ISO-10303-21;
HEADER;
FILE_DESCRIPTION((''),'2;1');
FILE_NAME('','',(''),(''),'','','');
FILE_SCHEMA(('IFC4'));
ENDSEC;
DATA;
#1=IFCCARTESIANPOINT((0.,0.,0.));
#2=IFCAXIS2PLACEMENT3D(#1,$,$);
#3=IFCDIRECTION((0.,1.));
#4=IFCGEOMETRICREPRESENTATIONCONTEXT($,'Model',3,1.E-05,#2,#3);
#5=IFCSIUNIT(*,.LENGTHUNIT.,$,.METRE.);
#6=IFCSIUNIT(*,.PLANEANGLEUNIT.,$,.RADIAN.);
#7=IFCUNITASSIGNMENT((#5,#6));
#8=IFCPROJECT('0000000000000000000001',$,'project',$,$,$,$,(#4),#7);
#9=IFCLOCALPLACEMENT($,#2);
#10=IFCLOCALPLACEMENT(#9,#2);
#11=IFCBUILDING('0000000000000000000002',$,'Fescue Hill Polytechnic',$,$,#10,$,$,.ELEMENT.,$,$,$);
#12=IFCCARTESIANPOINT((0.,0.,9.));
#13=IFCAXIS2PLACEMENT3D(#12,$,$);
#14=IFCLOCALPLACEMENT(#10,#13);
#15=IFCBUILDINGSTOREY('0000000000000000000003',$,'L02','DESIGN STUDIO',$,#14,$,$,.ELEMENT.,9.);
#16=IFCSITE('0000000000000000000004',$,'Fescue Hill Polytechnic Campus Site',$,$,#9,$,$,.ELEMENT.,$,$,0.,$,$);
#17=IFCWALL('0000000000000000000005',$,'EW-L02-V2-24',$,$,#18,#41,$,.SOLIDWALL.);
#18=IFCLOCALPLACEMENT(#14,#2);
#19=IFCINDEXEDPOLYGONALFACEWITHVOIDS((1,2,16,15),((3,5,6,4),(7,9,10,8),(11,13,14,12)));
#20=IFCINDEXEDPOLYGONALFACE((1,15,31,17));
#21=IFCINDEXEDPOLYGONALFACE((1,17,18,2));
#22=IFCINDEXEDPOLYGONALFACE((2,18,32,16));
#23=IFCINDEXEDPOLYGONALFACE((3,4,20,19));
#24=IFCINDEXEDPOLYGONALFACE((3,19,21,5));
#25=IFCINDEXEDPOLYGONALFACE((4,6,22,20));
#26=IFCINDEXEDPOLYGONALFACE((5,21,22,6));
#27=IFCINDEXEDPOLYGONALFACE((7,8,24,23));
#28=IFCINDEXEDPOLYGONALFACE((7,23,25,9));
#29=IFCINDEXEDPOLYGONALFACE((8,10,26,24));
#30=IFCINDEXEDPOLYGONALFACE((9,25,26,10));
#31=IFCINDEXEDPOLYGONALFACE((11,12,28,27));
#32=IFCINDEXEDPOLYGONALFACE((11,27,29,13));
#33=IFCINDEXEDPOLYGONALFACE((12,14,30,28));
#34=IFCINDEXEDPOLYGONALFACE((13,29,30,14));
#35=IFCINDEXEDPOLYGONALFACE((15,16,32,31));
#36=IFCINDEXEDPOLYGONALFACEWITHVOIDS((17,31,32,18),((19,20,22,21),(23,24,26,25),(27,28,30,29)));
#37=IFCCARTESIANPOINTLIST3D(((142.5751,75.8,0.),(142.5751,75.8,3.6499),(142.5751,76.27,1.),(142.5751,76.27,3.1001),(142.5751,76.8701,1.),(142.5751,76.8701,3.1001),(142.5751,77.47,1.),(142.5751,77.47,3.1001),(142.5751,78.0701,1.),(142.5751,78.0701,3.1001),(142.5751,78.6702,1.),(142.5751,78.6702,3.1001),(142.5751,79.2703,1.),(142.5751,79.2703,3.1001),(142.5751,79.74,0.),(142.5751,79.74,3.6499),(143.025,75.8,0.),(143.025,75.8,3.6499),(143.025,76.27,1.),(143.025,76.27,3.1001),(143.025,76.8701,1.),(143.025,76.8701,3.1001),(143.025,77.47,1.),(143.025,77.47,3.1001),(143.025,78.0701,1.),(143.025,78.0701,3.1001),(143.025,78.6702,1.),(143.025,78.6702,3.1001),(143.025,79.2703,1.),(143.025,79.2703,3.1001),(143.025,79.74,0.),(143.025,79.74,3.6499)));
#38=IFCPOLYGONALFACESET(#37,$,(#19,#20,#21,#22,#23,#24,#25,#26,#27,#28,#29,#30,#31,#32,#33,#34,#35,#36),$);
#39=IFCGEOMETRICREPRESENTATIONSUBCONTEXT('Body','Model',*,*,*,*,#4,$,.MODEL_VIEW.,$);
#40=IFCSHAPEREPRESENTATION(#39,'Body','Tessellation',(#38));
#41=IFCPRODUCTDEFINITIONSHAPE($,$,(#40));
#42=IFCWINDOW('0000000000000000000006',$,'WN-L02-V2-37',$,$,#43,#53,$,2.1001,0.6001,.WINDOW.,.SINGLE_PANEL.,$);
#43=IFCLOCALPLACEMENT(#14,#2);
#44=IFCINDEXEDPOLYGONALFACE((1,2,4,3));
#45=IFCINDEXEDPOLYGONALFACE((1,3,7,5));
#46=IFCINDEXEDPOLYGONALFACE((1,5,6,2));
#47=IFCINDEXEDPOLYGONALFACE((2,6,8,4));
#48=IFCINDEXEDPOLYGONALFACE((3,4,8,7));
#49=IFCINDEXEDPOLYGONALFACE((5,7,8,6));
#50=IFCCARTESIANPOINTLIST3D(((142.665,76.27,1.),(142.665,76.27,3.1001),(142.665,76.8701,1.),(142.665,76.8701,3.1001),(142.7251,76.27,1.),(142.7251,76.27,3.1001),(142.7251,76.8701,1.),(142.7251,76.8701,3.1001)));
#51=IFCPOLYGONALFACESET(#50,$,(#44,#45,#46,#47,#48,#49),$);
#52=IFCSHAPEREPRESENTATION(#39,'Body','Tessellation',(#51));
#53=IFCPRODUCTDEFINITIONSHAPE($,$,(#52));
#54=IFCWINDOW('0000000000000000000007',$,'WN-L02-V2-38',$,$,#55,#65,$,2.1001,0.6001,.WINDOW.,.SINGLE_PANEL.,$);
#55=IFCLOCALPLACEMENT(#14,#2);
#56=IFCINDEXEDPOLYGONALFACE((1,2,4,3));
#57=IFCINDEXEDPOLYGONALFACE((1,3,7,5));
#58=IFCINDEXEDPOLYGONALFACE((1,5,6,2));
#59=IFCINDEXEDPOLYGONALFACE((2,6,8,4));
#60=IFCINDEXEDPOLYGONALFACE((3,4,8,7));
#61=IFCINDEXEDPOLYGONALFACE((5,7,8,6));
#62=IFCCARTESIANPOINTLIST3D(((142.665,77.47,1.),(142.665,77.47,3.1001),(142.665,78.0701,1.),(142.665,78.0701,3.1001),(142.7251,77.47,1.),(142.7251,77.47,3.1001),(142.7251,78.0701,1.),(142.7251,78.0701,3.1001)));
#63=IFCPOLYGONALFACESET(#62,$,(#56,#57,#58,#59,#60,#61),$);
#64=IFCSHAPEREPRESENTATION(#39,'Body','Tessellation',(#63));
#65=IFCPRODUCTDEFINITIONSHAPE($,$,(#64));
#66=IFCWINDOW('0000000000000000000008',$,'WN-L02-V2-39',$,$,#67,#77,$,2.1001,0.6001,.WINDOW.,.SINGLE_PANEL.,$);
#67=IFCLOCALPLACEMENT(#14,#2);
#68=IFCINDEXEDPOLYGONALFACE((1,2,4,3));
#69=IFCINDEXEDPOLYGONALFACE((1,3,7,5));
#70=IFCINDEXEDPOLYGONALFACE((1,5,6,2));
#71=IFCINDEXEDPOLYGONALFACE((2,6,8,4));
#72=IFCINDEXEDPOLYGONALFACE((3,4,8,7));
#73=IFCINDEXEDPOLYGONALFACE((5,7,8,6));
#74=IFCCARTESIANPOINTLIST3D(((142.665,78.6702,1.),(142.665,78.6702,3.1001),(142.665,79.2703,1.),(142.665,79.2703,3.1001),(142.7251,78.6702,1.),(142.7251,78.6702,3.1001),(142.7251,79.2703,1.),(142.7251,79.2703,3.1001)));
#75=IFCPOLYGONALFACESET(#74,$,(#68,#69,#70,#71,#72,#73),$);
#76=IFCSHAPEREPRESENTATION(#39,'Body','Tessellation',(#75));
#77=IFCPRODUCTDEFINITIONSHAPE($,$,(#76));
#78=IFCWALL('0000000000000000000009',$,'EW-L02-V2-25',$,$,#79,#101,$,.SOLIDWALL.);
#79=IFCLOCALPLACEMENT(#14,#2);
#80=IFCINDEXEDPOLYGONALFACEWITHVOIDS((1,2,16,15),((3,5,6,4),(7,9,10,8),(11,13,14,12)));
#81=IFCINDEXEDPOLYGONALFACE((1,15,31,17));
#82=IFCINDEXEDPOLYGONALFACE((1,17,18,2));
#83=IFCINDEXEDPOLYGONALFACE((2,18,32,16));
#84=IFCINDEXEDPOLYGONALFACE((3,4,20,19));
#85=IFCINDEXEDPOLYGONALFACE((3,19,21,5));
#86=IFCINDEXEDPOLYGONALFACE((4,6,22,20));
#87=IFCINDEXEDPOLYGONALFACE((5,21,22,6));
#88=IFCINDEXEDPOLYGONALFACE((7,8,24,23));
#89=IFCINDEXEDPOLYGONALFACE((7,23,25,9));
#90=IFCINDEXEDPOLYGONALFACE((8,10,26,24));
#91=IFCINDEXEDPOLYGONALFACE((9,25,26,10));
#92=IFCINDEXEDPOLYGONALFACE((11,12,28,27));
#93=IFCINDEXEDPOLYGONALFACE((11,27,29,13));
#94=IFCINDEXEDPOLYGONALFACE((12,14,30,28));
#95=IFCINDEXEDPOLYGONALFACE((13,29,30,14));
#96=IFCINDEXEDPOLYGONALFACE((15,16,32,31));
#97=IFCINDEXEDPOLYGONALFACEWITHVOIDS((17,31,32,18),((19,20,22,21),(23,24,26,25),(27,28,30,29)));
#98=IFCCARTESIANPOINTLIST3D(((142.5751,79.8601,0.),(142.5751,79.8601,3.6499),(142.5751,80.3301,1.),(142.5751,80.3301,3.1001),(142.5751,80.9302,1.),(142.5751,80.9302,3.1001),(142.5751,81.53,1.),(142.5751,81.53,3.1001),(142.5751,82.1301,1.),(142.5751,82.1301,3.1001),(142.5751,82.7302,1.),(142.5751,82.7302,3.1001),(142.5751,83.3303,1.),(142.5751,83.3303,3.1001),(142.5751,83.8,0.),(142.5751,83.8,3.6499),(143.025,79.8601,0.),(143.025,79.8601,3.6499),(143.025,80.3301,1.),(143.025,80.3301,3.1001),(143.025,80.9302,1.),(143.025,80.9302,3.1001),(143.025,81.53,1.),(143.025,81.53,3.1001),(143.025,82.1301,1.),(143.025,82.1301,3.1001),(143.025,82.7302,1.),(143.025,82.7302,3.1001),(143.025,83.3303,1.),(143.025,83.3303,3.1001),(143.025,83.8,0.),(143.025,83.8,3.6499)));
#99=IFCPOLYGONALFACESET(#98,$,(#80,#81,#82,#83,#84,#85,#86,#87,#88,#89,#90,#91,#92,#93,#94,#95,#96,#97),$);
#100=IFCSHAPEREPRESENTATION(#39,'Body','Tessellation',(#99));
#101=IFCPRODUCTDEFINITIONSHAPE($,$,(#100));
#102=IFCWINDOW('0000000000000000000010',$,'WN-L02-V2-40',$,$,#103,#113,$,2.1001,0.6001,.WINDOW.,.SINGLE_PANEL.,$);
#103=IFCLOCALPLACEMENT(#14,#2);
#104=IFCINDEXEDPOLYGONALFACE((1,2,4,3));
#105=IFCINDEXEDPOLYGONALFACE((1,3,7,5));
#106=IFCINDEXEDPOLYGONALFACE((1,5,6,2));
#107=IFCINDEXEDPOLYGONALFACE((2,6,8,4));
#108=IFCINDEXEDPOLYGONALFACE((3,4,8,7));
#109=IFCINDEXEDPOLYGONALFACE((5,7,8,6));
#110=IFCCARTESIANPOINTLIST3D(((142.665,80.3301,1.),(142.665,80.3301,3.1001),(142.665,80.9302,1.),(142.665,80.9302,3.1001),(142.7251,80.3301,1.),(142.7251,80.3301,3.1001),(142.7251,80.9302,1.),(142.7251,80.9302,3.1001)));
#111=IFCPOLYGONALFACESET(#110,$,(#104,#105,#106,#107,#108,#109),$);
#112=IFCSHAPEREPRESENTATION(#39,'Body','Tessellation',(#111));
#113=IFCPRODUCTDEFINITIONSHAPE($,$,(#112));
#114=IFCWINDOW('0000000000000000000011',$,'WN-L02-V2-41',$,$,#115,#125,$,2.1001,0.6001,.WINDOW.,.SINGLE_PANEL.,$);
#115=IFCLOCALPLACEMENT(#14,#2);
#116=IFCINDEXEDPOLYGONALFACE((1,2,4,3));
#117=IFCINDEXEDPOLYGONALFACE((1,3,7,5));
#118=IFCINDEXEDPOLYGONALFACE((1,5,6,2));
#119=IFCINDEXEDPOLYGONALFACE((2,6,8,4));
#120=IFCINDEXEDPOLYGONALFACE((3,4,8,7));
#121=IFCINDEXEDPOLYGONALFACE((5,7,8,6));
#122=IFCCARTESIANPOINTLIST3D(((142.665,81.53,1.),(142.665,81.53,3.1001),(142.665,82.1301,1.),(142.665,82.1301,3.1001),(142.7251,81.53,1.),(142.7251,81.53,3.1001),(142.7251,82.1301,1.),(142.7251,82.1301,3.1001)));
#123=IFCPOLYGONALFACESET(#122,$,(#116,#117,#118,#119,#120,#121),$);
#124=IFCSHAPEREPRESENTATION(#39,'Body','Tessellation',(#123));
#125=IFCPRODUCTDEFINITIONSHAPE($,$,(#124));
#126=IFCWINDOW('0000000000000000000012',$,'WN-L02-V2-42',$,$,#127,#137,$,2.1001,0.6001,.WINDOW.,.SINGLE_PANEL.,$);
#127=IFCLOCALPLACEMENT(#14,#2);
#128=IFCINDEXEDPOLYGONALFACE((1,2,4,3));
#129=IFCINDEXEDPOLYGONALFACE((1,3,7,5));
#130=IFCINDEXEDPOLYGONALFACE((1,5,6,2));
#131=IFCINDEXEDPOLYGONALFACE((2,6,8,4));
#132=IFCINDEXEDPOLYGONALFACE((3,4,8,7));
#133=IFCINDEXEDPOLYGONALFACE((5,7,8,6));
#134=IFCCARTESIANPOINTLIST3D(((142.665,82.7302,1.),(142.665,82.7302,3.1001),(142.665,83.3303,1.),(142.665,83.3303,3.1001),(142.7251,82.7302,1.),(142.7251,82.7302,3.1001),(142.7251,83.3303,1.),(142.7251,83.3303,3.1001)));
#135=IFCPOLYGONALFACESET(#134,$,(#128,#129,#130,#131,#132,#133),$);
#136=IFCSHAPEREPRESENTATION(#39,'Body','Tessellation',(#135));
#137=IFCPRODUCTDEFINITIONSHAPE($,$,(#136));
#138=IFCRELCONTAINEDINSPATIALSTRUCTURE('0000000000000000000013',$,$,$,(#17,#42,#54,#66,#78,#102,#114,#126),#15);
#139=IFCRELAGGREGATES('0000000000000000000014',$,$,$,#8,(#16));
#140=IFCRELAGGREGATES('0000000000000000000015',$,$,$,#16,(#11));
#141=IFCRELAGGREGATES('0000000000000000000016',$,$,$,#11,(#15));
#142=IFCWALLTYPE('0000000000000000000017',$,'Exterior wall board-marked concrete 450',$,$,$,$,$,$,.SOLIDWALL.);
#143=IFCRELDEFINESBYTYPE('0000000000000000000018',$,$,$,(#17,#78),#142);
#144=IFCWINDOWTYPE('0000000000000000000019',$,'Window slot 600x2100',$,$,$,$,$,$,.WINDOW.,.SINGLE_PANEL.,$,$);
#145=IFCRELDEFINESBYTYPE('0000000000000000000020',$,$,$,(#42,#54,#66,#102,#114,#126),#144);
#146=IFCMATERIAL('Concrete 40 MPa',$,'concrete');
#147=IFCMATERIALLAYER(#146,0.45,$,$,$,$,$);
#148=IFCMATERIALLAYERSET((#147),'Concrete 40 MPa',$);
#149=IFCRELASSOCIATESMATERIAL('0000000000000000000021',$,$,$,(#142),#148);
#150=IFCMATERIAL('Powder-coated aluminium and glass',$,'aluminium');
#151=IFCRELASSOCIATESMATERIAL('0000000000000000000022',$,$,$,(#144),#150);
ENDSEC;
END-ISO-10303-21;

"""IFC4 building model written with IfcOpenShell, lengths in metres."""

from ifc_helpers import new_model, si_unit, direction, frame, frame_2d, origin, place, context, subcontext, project, spatial, rectangle, extrude, material, layer, layer_set, type_object, element, fill, save


model = new_model("IFC4")

# Units and contexts
model_context = context("Model", 3, precision=1e-05, world=origin(), true_north=direction((0.0, 1.0)))
body_context = subcontext(model_context, "Body", "Model", "MODEL_VIEW")
ifc_project = project(units=[si_unit("LENGTHUNIT", "METRE"), si_unit("PLANEANGLEUNIT", "RADIAN")], contexts=[model_context])

# Site, building, storey
site_placement = place(None, origin())
site = spatial("IfcSite", under=ifc_project, at=site_placement, Name="Fescue Hill Polytechnic Campus Site", CompositionType="ELEMENT", RefElevation=0.0)
building_placement = place(site_placement, origin())
building = spatial("IfcBuilding", under=site, at=building_placement, Name="Fescue Hill Polytechnic", CompositionType="ELEMENT")
storey_placement = place(building_placement, frame((0.0, 0.0, 9.0)))
storey = spatial("IfcBuildingStorey", under=building, at=storey_placement, Name="L02", Description="DESIGN STUDIO", CompositionType="ELEMENT", Elevation=9.0)

# Shared definitions
ifc_material_1 = material(Name="Concrete 40 MPa", Category="concrete")

# Walls, openings, windows
ifc_layer_1 = layer(ifc_material_1, 0.45)
ifc_layer_set_1 = layer_set([ifc_layer_1], Name="Concrete 40 MPa")
wall_type_1 = type_object("IfcWallType", Name="Exterior wall board-marked concrete 450", PredefinedType="SOLIDWALL", material=ifc_layer_set_1)
wall_1_placement = place(storey_placement, frame((142.8, 75.8, 0.0), z_axis=(0.0, 0.0, 1.0), x_axis=(0.0, 1.0, 0.0)))
wall_1 = element("IfcWall", 1, at=wall_1_placement, inside=storey, type_object=wall_type_1, Name="EW-L02-V2-24", PredefinedType="SOLIDWALL", context=body_context, shape_type="SweptSolid", body=[
    extrude(rectangle(XDim=3.9399, YDim=0.45, at=frame_2d((1.97, 0.0))), origin(), (0.0, 0.0, 1.0), 3.6499),
])
opening_1_placement = place(wall_1_placement, frame((0.47, 0.0, 1.0)))
opening_1 = element("IfcOpeningElement", 2, at=opening_1_placement, cuts=wall_1, PredefinedType="OPENING", context=body_context, shape_type="SweptSolid", body=[
    extrude(rectangle(XDim=0.6001, YDim=2.1001, at=frame_2d((0.3, 1.05))), frame((0.0, 0.2349, 0.0), z_axis=(0.0, -1.0, 0.0), x_axis=(1.0, 0.0, 0.0)), (0.0, 0.0, 1.0), 0.47),
])
opening_2_placement = place(wall_1_placement, frame((1.6699, 0.0, 1.0)))
opening_2 = element("IfcOpeningElement", 3, at=opening_2_placement, cuts=wall_1, PredefinedType="OPENING", context=body_context, shape_type="SweptSolid", body=[
    extrude(rectangle(XDim=0.6001, YDim=2.1001, at=frame_2d((0.3, 1.05))), frame((0.0, 0.2349, 0.0), z_axis=(0.0, -1.0, 0.0), x_axis=(1.0, 0.0, 0.0)), (0.0, 0.0, 1.0), 0.47),
])
opening_3_placement = place(wall_1_placement, frame((2.8701, 0.0, 1.0)))
opening_3 = element("IfcOpeningElement", 4, at=opening_3_placement, cuts=wall_1, PredefinedType="OPENING", context=body_context, shape_type="SweptSolid", body=[
    extrude(rectangle(XDim=0.6001, YDim=2.1001, at=frame_2d((0.3, 1.05))), frame((0.0, 0.2349, 0.0), z_axis=(0.0, -1.0, 0.0), x_axis=(1.0, 0.0, 0.0)), (0.0, 0.0, 1.0), 0.47),
])
ifc_material_2 = material(Name="Powder-coated aluminium and glass", Category="aluminium")
window_type = type_object("IfcWindowType", Name="Window slot 600x2100", PartitioningType="SINGLE_PANEL", PredefinedType="WINDOW", material=ifc_material_2)
window_1_placement = place(opening_1_placement, origin())
window_1 = element("IfcWindow", 5, at=window_1_placement, inside=storey, type_object=window_type, Name="WN-L02-V2-37", OverallHeight=2.1001, OverallWidth=0.6001, PartitioningType="SINGLE_PANEL", PredefinedType="WINDOW", context=body_context, shape_type="SweptSolid", body=[
    extrude(rectangle(XDim=0.6001, YDim=2.1001, at=frame_2d((0.3, 1.05))), frame((0.0, 0.135, 0.0), z_axis=(0.0, -1.0, 0.0), x_axis=(1.0, 0.0, 0.0)), (0.0, 0.0, 1.0), 0.0601),
])
fill(opening_1, window_1)
window_2_placement = place(opening_2_placement, origin())
window_2 = element("IfcWindow", 6, at=window_2_placement, inside=storey, type_object=window_type, Name="WN-L02-V2-38", OverallHeight=2.1001, OverallWidth=0.6001, PartitioningType="SINGLE_PANEL", PredefinedType="WINDOW", context=body_context, shape_type="SweptSolid", body=[
    extrude(rectangle(XDim=0.6001, YDim=2.1001, at=frame_2d((0.3, 1.05))), frame((0.0, 0.135, 0.0), z_axis=(0.0, -1.0, 0.0), x_axis=(1.0, 0.0, 0.0)), (0.0, 0.0, 1.0), 0.0601),
])
fill(opening_2, window_2)
window_3_placement = place(opening_3_placement, origin())
window_3 = element("IfcWindow", 7, at=window_3_placement, inside=storey, type_object=window_type, Name="WN-L02-V2-39", OverallHeight=2.1001, OverallWidth=0.6001, PartitioningType="SINGLE_PANEL", PredefinedType="WINDOW", context=body_context, shape_type="SweptSolid", body=[
    extrude(rectangle(XDim=0.6001, YDim=2.1001, at=frame_2d((0.3, 1.05))), frame((0.0, 0.135, 0.0), z_axis=(0.0, -1.0, 0.0), x_axis=(1.0, 0.0, 0.0)), (0.0, 0.0, 1.0), 0.0601),
])
fill(opening_3, window_3)
wall_2_placement = place(storey_placement, frame((142.8, 79.8601, 0.0), z_axis=(0.0, 0.0, 1.0), x_axis=(0.0, 1.0, 0.0)))
wall_2 = element("IfcWall", 8, at=wall_2_placement, inside=storey, type_object=wall_type_1, Name="EW-L02-V2-25", PredefinedType="SOLIDWALL", context=body_context, shape_type="SweptSolid", body=[
    extrude(rectangle(XDim=3.9399, YDim=0.45, at=frame_2d((1.97, 0.0))), origin(), (0.0, 0.0, 1.0), 3.6499),
])
opening_4_placement = place(wall_2_placement, frame((0.47, 0.0, 1.0)))
opening_4 = element("IfcOpeningElement", 9, at=opening_4_placement, cuts=wall_2, PredefinedType="OPENING", context=body_context, shape_type="SweptSolid", body=[
    extrude(rectangle(XDim=0.6001, YDim=2.1001, at=frame_2d((0.3, 1.05))), frame((0.0, 0.2349, 0.0), z_axis=(0.0, -1.0, 0.0), x_axis=(1.0, 0.0, 0.0)), (0.0, 0.0, 1.0), 0.47),
])
opening_5_placement = place(wall_2_placement, frame((1.6699, 0.0, 1.0)))
opening_5 = element("IfcOpeningElement", 10, at=opening_5_placement, cuts=wall_2, PredefinedType="OPENING", context=body_context, shape_type="SweptSolid", body=[
    extrude(rectangle(XDim=0.6001, YDim=2.1001, at=frame_2d((0.3, 1.05))), frame((0.0, 0.2349, 0.0), z_axis=(0.0, -1.0, 0.0), x_axis=(1.0, 0.0, 0.0)), (0.0, 0.0, 1.0), 0.47),
])
opening_6_placement = place(wall_2_placement, frame((2.8701, 0.0, 1.0)))
opening_6 = element("IfcOpeningElement", 11, at=opening_6_placement, cuts=wall_2, PredefinedType="OPENING", context=body_context, shape_type="SweptSolid", body=[
    extrude(rectangle(XDim=0.6001, YDim=2.1001, at=frame_2d((0.3, 1.05))), frame((0.0, 0.2349, 0.0), z_axis=(0.0, -1.0, 0.0), x_axis=(1.0, 0.0, 0.0)), (0.0, 0.0, 1.0), 0.47),
])
window_4_placement = place(opening_4_placement, origin())
window_4 = element("IfcWindow", 12, at=window_4_placement, inside=storey, type_object=window_type, Name="WN-L02-V2-40", OverallHeight=2.1001, OverallWidth=0.6001, PartitioningType="SINGLE_PANEL", PredefinedType="WINDOW", context=body_context, shape_type="SweptSolid", body=[
    extrude(rectangle(XDim=0.6001, YDim=2.1001, at=frame_2d((0.3, 1.05))), frame((0.0, 0.135, 0.0), z_axis=(0.0, -1.0, 0.0), x_axis=(1.0, 0.0, 0.0)), (0.0, 0.0, 1.0), 0.0601),
])
fill(opening_4, window_4)
window_5_placement = place(opening_5_placement, origin())
window_5 = element("IfcWindow", 13, at=window_5_placement, inside=storey, type_object=window_type, Name="WN-L02-V2-41", OverallHeight=2.1001, OverallWidth=0.6001, PartitioningType="SINGLE_PANEL", PredefinedType="WINDOW", context=body_context, shape_type="SweptSolid", body=[
    extrude(rectangle(XDim=0.6001, YDim=2.1001, at=frame_2d((0.3, 1.05))), frame((0.0, 0.135, 0.0), z_axis=(0.0, -1.0, 0.0), x_axis=(1.0, 0.0, 0.0)), (0.0, 0.0, 1.0), 0.0601),
])
fill(opening_5, window_5)
window_6_placement = place(opening_6_placement, origin())
window_6 = element("IfcWindow", 14, at=window_6_placement, inside=storey, type_object=window_type, Name="WN-L02-V2-42", OverallHeight=2.1001, OverallWidth=0.6001, PartitioningType="SINGLE_PANEL", PredefinedType="WINDOW", context=body_context, shape_type="SweptSolid", body=[
    extrude(rectangle(XDim=0.6001, YDim=2.1001, at=frame_2d((0.3, 1.05))), frame((0.0, 0.135, 0.0), z_axis=(0.0, -1.0, 0.0), x_axis=(1.0, 0.0, 0.0)), (0.0, 0.0, 1.0), 0.0601),
])
fill(opening_6, window_6)

save(model, "model.ifc")
